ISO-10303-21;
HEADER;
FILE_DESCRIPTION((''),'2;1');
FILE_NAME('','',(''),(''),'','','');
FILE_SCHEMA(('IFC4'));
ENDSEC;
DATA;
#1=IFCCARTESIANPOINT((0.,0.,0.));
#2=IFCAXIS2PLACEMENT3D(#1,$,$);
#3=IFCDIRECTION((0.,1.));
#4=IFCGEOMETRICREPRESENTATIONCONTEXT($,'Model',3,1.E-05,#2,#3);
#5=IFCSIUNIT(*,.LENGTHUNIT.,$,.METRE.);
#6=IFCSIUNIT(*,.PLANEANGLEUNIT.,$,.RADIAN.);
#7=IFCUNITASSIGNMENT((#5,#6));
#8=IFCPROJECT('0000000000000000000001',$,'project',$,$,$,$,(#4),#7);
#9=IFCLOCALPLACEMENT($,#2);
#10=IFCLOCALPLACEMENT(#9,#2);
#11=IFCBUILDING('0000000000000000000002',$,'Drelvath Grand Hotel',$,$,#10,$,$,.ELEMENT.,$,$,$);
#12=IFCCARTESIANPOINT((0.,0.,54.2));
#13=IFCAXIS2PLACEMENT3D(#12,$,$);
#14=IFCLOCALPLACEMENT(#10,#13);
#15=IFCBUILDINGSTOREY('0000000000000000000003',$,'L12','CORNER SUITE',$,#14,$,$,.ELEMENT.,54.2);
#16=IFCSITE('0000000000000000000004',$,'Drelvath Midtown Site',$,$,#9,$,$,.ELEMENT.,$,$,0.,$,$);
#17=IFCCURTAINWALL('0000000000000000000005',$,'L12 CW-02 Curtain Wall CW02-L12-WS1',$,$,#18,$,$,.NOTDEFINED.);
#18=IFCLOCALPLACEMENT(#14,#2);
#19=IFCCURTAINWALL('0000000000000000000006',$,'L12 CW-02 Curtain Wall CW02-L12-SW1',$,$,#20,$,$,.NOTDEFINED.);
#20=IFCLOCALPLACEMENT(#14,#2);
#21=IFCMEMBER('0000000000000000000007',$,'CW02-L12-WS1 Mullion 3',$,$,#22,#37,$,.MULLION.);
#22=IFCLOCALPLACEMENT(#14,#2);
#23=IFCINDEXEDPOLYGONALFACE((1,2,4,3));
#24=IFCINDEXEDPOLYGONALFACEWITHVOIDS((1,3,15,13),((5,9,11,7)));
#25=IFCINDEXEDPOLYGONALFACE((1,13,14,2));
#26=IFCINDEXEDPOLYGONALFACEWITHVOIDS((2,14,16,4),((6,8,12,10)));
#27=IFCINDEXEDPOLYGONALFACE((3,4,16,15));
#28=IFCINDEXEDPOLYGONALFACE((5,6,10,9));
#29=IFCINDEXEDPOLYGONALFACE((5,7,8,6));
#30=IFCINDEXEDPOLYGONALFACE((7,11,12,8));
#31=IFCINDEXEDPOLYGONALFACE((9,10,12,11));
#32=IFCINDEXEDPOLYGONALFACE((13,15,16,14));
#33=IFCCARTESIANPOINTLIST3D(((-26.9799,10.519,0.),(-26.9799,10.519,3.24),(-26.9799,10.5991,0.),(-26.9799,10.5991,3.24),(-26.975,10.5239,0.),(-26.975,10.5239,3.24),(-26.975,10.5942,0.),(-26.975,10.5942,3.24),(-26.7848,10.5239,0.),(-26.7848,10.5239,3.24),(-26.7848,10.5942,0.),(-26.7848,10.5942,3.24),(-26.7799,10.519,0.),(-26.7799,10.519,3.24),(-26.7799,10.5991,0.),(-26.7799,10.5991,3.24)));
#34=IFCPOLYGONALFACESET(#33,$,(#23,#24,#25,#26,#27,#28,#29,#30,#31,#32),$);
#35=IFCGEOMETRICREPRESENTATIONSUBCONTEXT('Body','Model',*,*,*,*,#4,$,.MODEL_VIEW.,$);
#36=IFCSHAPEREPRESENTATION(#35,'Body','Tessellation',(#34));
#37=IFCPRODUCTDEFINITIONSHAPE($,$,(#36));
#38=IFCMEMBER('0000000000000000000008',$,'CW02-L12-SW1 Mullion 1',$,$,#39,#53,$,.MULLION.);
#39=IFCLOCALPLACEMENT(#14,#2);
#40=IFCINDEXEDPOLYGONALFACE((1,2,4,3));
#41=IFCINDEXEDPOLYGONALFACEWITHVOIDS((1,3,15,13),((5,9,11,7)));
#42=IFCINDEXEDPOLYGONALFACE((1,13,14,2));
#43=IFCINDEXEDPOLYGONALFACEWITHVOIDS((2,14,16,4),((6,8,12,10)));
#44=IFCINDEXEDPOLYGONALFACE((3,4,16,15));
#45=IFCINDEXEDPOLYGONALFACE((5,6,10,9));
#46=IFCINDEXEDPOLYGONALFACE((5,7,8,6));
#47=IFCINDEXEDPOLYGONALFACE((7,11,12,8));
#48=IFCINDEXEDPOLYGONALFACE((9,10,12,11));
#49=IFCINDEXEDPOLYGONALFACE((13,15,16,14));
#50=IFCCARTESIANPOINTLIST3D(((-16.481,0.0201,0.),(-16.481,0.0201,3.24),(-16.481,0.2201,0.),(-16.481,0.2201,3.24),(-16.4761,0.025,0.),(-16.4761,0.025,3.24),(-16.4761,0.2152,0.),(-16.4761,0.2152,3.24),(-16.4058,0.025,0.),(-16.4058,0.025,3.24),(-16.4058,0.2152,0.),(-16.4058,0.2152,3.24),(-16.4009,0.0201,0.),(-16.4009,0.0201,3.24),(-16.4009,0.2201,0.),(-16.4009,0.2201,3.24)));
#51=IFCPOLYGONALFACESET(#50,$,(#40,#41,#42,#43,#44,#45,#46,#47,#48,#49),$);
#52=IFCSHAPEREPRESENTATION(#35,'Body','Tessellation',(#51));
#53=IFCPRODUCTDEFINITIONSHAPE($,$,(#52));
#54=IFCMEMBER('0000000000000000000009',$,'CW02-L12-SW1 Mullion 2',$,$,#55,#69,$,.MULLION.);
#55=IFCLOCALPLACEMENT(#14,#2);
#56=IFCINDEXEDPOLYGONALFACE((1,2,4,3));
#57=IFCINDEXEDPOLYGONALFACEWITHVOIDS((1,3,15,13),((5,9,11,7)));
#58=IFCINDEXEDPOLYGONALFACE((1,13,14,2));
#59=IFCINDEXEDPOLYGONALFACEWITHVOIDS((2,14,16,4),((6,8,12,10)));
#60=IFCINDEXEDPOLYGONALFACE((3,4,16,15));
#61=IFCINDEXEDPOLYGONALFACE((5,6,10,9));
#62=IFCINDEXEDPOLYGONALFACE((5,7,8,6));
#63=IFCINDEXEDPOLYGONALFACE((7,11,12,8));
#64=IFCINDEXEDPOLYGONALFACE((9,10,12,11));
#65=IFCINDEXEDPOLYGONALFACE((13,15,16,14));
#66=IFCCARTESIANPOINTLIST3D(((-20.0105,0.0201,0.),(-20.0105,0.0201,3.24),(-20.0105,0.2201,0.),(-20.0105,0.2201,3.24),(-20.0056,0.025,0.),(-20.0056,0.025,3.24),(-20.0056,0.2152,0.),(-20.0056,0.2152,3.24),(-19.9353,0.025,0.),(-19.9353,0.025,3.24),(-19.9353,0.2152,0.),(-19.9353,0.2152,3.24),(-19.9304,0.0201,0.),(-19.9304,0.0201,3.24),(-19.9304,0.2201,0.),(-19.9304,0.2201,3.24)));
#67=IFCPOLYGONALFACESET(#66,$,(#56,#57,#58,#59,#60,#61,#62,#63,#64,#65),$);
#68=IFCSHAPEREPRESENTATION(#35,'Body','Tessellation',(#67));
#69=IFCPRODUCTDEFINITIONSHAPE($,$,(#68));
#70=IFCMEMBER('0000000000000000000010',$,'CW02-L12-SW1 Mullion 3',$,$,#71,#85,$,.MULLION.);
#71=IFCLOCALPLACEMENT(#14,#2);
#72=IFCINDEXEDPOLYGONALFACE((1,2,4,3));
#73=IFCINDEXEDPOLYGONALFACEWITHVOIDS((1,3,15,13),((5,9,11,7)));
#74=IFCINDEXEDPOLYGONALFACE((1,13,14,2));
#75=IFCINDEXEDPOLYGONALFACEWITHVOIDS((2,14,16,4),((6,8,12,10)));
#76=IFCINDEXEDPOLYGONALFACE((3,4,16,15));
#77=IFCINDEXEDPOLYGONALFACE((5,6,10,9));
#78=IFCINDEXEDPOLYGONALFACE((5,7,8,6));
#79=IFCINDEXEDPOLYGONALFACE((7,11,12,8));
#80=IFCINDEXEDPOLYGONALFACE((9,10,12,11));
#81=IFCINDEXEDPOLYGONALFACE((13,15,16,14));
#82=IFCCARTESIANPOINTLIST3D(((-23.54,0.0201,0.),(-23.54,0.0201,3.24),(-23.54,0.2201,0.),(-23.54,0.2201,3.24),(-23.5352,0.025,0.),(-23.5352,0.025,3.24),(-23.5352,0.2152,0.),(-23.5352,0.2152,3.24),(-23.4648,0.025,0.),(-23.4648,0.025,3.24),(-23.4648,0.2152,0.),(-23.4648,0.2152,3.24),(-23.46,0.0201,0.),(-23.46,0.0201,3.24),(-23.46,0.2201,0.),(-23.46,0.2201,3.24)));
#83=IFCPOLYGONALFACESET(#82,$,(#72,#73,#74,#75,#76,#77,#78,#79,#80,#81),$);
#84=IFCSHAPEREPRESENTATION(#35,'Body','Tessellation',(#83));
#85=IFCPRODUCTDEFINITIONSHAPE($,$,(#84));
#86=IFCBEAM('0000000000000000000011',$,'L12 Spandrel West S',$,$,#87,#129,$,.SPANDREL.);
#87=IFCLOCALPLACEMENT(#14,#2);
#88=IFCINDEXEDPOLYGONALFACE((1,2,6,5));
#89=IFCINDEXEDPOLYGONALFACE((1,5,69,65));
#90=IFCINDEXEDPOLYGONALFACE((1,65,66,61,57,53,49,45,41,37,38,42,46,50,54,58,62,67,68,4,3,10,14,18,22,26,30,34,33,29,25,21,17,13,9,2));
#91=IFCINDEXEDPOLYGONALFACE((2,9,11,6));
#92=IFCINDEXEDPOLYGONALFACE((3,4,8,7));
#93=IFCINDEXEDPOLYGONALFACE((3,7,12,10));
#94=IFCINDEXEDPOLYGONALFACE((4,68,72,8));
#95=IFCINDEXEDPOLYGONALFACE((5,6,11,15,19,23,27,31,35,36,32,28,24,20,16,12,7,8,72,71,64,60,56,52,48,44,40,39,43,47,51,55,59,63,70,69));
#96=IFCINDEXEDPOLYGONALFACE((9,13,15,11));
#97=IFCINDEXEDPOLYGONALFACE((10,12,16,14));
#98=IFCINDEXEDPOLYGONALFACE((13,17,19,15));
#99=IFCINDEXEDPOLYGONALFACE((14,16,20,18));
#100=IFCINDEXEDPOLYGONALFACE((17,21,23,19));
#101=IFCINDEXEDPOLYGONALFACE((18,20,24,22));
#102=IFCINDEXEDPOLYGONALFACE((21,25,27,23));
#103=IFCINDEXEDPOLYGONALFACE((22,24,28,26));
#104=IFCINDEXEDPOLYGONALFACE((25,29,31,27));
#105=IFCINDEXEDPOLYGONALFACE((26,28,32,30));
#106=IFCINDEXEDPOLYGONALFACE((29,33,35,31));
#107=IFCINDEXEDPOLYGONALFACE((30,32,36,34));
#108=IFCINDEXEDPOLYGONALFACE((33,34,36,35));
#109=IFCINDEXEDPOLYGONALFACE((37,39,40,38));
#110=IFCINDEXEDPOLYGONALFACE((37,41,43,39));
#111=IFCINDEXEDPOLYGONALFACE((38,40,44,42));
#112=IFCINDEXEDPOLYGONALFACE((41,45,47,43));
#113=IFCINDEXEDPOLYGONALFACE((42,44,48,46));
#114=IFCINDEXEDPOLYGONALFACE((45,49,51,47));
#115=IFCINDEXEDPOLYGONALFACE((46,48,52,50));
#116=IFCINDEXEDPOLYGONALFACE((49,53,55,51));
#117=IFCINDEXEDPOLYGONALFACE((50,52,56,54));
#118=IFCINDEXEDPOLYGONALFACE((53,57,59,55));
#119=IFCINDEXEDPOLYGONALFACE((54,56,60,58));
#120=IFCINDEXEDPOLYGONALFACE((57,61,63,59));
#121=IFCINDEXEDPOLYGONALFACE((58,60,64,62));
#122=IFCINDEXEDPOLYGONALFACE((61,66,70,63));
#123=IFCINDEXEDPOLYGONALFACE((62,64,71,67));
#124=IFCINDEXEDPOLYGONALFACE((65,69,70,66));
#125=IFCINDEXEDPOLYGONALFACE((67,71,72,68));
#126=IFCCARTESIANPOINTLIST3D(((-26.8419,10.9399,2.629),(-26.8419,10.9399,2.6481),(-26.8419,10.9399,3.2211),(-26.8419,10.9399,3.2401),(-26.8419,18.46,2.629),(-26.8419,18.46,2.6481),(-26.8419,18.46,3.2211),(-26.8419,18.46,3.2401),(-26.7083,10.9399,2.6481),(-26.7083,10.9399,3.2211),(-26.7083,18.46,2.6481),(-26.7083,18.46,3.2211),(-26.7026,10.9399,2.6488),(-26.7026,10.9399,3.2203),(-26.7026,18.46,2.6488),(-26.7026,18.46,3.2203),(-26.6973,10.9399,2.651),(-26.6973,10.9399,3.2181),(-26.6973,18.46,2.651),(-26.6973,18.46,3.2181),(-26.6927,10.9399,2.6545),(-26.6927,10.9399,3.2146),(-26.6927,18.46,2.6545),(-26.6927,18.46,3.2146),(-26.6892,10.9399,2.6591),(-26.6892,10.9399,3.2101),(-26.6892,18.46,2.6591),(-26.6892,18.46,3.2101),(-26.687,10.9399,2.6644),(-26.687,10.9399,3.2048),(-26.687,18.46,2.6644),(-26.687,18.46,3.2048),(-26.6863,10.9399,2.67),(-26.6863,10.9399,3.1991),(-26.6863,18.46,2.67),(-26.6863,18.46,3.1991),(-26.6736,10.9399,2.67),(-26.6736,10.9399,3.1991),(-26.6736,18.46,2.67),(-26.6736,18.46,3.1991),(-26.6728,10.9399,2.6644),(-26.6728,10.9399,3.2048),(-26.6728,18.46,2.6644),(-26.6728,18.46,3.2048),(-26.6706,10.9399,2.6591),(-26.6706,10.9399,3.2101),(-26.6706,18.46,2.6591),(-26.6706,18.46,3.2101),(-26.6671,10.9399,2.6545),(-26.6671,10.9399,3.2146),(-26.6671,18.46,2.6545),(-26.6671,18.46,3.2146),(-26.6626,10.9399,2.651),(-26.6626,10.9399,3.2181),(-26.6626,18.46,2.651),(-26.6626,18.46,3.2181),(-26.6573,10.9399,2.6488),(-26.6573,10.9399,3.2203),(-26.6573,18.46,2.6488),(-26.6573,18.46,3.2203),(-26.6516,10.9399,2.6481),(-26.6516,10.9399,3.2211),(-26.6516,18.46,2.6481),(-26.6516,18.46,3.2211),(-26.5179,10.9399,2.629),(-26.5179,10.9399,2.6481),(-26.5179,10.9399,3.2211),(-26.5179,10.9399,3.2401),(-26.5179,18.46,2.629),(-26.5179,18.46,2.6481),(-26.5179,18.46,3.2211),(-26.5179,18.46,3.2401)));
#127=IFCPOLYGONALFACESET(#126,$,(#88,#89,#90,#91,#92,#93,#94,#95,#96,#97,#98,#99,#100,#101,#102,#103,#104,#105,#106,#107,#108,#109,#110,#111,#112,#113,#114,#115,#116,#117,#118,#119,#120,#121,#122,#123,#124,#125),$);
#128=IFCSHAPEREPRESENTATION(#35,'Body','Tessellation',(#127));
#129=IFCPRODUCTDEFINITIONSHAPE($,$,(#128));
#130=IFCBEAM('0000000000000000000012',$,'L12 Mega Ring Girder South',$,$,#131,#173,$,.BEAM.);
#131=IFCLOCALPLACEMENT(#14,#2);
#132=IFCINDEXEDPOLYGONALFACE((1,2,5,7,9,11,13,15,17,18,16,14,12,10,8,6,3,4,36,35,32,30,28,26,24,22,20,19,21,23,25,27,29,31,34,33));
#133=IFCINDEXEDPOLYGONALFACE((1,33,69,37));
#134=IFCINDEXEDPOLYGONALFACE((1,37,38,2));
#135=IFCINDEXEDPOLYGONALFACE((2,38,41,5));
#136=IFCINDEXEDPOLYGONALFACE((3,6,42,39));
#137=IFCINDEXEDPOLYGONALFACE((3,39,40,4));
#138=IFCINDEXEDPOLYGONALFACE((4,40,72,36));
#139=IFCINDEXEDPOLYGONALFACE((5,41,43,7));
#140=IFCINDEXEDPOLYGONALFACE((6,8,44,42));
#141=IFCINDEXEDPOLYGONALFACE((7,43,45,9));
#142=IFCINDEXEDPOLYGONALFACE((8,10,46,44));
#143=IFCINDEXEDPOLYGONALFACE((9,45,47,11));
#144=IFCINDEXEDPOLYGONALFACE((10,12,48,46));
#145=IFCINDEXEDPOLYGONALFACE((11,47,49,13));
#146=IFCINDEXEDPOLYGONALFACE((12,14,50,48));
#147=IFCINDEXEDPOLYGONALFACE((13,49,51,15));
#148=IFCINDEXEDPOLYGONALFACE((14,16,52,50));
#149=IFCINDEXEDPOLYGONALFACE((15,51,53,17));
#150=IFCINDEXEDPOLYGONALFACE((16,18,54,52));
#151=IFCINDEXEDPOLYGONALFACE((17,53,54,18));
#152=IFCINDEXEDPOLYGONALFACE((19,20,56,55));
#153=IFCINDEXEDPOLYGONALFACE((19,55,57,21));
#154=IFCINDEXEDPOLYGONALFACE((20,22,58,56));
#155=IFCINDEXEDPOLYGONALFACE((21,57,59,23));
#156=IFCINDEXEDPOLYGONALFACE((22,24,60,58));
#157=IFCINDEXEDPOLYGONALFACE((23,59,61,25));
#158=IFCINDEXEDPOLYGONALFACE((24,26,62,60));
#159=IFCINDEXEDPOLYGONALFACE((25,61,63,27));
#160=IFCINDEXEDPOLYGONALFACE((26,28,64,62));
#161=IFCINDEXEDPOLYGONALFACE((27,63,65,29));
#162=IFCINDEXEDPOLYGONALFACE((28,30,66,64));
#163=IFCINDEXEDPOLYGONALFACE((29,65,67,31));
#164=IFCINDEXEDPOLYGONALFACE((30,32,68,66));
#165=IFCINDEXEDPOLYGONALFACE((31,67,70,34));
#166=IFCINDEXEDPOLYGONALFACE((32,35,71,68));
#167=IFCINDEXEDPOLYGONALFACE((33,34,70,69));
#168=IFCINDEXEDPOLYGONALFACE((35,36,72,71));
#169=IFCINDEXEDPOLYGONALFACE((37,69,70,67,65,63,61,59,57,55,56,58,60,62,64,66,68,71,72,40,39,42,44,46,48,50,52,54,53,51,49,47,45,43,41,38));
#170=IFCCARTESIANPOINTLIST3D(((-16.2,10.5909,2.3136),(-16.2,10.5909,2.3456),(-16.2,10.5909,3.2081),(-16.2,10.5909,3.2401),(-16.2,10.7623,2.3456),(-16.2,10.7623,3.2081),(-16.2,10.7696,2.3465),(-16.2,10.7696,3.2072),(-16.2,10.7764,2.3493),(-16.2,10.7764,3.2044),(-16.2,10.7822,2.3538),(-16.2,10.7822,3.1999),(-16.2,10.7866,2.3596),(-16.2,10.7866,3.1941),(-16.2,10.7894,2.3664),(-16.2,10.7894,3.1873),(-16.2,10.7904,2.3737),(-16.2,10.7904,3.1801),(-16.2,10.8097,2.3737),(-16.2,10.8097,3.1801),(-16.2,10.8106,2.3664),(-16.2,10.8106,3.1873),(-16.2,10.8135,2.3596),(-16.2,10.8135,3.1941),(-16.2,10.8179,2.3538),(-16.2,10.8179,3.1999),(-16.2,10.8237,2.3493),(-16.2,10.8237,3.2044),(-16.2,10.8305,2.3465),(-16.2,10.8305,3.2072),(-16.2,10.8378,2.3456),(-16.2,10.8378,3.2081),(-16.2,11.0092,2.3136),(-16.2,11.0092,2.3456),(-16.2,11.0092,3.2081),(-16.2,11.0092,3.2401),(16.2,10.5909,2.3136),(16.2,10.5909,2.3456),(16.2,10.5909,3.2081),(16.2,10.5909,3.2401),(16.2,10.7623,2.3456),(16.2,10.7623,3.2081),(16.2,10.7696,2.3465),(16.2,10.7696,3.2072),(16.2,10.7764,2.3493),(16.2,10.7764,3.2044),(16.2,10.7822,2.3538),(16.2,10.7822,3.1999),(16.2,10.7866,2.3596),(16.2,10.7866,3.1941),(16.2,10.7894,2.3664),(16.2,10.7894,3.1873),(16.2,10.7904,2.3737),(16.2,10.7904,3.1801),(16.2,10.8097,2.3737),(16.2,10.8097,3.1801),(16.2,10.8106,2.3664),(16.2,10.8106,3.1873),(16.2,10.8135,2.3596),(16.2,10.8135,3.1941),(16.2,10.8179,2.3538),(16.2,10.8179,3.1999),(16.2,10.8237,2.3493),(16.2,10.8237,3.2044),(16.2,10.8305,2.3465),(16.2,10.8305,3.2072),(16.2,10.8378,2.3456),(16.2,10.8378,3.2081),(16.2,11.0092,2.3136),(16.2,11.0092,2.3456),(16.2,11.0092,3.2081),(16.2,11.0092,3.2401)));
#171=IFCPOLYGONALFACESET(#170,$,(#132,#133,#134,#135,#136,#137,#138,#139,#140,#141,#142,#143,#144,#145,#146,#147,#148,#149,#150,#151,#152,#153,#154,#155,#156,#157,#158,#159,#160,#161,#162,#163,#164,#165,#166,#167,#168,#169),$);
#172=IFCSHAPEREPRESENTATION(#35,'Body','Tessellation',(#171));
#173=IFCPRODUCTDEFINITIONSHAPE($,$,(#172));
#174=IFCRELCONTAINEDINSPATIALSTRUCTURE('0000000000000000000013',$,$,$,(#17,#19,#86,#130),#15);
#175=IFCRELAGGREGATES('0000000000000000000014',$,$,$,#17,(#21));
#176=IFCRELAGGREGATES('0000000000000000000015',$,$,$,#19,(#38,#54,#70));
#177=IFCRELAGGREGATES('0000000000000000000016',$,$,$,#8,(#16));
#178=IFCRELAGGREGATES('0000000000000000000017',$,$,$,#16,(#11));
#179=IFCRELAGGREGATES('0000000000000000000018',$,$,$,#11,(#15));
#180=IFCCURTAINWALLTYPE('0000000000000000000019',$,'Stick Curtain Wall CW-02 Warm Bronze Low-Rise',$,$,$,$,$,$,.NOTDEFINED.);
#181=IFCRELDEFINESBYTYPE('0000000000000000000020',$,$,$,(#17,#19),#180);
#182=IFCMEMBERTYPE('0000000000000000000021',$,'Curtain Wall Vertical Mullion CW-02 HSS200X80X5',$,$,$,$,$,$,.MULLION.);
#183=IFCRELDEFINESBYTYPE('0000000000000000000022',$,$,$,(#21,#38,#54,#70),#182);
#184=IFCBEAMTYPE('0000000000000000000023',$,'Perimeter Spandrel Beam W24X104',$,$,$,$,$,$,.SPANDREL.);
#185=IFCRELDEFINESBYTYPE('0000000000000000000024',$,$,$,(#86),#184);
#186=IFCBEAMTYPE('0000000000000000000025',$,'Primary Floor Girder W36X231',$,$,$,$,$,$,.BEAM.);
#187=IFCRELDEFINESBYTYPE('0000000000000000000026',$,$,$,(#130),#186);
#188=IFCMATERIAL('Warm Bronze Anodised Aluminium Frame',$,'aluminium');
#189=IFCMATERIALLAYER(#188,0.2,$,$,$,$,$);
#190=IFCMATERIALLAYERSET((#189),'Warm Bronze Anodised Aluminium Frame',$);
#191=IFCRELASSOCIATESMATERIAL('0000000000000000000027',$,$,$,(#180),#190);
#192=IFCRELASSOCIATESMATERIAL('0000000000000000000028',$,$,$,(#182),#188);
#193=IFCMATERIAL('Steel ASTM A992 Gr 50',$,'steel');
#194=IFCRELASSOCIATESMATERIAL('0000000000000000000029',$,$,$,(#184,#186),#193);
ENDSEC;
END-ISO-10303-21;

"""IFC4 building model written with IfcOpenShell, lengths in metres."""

from ifc_helpers import new_model, si_unit, direction, frame, origin, origin_2d, place, context, subcontext, project, spatial, hollow_rectangle, i_section, extrude, material, layer, layer_set, material_profile, profile_set, type_object, element, aggregate, save


model = new_model("IFC4")

# Units and contexts
model_context = context("Model", 3, precision=1e-05, world=origin(), true_north=direction((0.0, 1.0)))
body_context = subcontext(model_context, "Body", "Model", "MODEL_VIEW")
ifc_project = project(units=[si_unit("LENGTHUNIT", "METRE"), si_unit("PLANEANGLEUNIT", "RADIAN")], contexts=[model_context])

# Site, building, storey
site_placement = place(None, origin())
site = spatial("IfcSite", under=ifc_project, at=site_placement, Name="Drelvath Midtown Site", CompositionType="ELEMENT", RefElevation=0.0)
building_placement = place(site_placement, origin())
building = spatial("IfcBuilding", under=site, at=building_placement, Name="Drelvath Grand Hotel", CompositionType="ELEMENT")
storey_placement = place(building_placement, frame((0.0, 0.0, 54.2)))
storey = spatial("IfcBuildingStorey", under=building, at=storey_placement, Name="L12", Description="CORNER SUITE", CompositionType="ELEMENT", Elevation=54.2)

# Curtain walls
ifc_material_1 = material(Name="Warm Bronze Anodised Aluminium Frame", Category="aluminium")
ifc_layer_1 = layer(ifc_material_1, 0.2)
ifc_layer_set_1 = layer_set([ifc_layer_1], Name="Warm Bronze Anodised Aluminium Frame")
curtain_wall_type = type_object("IfcCurtainWallType", Name="Stick Curtain Wall CW-02 Warm Bronze Low-Rise", PredefinedType="NOTDEFINED", material=ifc_layer_set_1)
curtain_wall_1_placement = place(storey_placement, origin())
curtain_wall_1 = element("IfcCurtainWall", 1, at=curtain_wall_1_placement, inside=storey, type_object=curtain_wall_type, Name="L12 CW-02 Curtain Wall CW02-L12-WS1", PredefinedType="NOTDEFINED")
curtain_wall_2_placement = place(storey_placement, origin())
curtain_wall_2 = element("IfcCurtainWall", 2, at=curtain_wall_2_placement, inside=storey, type_object=curtain_wall_type, Name="L12 CW-02 Curtain Wall CW02-L12-SW1", PredefinedType="NOTDEFINED")

# Members
ifc_material_profile_1 = material_profile(ifc_material_1, hollow_rectangle(XDim=0.0801, YDim=0.2, WallThickness=0.0049, at=origin_2d()), Name="HSS200X80X5")
ifc_profile_set_1 = profile_set([ifc_material_profile_1], Name="Warm Bronze Anodised Aluminium Frame")
member_type_1 = type_object("IfcMemberType", Name="Curtain Wall Vertical Mullion CW-02 HSS200X80X5", PredefinedType="MULLION", material=ifc_profile_set_1)
member_1_placement = place(storey_placement, frame((-26.8799, 10.5591, 0.0), z_axis=(0.0, 0.0, 1.0), x_axis=(0.0, 1.0, 0.0)))
member_1 = element("IfcMember", 3, at=member_1_placement, type_object=member_type_1, Name="CW02-L12-WS1 Mullion 3", PredefinedType="MULLION", context=body_context, shape_type="SweptSolid", body=[
    extrude(hollow_rectangle(XDim=0.0801, YDim=0.2, WallThickness=0.0049, at=origin_2d()), origin(), (0.0, 0.0, 1.0), 3.24),
])
member_2_placement = place(storey_placement, frame((-16.4409, 0.1201, 0.0), z_axis=(0.0, 0.0, 1.0), x_axis=(1.0, 0.0, 0.0)))
member_2 = element("IfcMember", 4, at=member_2_placement, type_object=member_type_1, Name="CW02-L12-SW1 Mullion 1", PredefinedType="MULLION", context=body_context, shape_type="SweptSolid", body=[
    extrude(hollow_rectangle(XDim=0.0801, YDim=0.2, WallThickness=0.0049, at=origin_2d()), origin(), (0.0, 0.0, 1.0), 3.24),
])
member_3_placement = place(storey_placement, frame((-19.9705, 0.1201, 0.0), z_axis=(0.0, 0.0, 1.0), x_axis=(1.0, 0.0, 0.0)))
member_3 = element("IfcMember", 5, at=member_3_placement, type_object=member_type_1, Name="CW02-L12-SW1 Mullion 2", PredefinedType="MULLION", context=body_context, shape_type="SweptSolid", body=[
    extrude(hollow_rectangle(XDim=0.0801, YDim=0.2, WallThickness=0.0049, at=origin_2d()), origin(), (0.0, 0.0, 1.0), 3.24),
])
member_4_placement = place(storey_placement, frame((-23.5, 0.1201, 0.0), z_axis=(0.0, 0.0, 1.0), x_axis=(1.0, 0.0, 0.0)))
member_4 = element("IfcMember", 6, at=member_4_placement, type_object=member_type_1, Name="CW02-L12-SW1 Mullion 3", PredefinedType="MULLION", context=body_context, shape_type="SweptSolid", body=[
    extrude(hollow_rectangle(XDim=0.0801, YDim=0.2, WallThickness=0.0049, at=origin_2d()), origin(), (0.0, 0.0, 1.0), 3.24),
])

# Beams
ifc_material_2 = material(Name="Steel ASTM A992 Gr 50", Category="steel")
ifc_material_profile_2 = material_profile(ifc_material_2, i_section(OverallWidth=0.324, OverallDepth=0.6111, WebThickness=0.0127, FlangeThickness=0.019, FilletRadius=0.022, at=origin_2d()), Name="W24X104")
ifc_profile_set_2 = profile_set([ifc_material_profile_2], Name="Steel ASTM A992 Gr 50")
beam_type_1 = type_object("IfcBeamType", Name="Perimeter Spandrel Beam W24X104", PredefinedType="SPANDREL", material=ifc_profile_set_2)
beam_placement = place(storey_placement, frame((-26.6799, 10.9399, 2.9346), z_axis=(0.0, 1.0, 0.0), x_axis=(-1.0, 0.0, 0.0)))
element("IfcBeam", 7, at=beam_placement, inside=storey, type_object=beam_type_1, Name="L12 Spandrel West S", PredefinedType="SPANDREL", context=body_context, shape_type="SweptSolid", body=[
    extrude(i_section(OverallWidth=0.324, OverallDepth=0.6111, WebThickness=0.0127, FlangeThickness=0.019, FilletRadius=0.022, at=origin_2d()), origin(), (0.0, 0.0, 1.0), 7.52),
])
ifc_material_profile_3 = material_profile(ifc_material_2, i_section(OverallWidth=0.4182, OverallDepth=0.9265, WebThickness=0.0193, FlangeThickness=0.032, FilletRadius=0.0281, at=origin_2d()), Name="W36X231")
ifc_profile_set_3 = profile_set([ifc_material_profile_3], Name="Steel ASTM A992 Gr 50")
beam_type_2 = type_object("IfcBeamType", Name="Primary Floor Girder W36X231", PredefinedType="BEAM", material=ifc_profile_set_3)
for number, where, z_axis, x_axis, name in (
    (8, (-16.2, 10.8, 2.7769), (1.0, 0.0, 0.0), (0.0, 1.0, 0.0), "L12 Mega Ring Girder South"),
):
    element("IfcBeam", number, at=place(storey_placement, frame(where, z_axis=z_axis, x_axis=x_axis)), inside=storey, type_object=beam_type_2, Name=name, PredefinedType="BEAM", context=body_context, shape_type="SweptSolid", body=[
        extrude(i_section(OverallWidth=0.4182, OverallDepth=0.9265, WebThickness=0.0193, FlangeThickness=0.032, FilletRadius=0.0281, at=origin_2d()), origin(), (0.0, 0.0, 1.0), 32.3999),
    ])

aggregate(curtain_wall_1, [member_1])
aggregate(curtain_wall_2, [member_2, member_3, member_4])

save(model, "model.ifc")
